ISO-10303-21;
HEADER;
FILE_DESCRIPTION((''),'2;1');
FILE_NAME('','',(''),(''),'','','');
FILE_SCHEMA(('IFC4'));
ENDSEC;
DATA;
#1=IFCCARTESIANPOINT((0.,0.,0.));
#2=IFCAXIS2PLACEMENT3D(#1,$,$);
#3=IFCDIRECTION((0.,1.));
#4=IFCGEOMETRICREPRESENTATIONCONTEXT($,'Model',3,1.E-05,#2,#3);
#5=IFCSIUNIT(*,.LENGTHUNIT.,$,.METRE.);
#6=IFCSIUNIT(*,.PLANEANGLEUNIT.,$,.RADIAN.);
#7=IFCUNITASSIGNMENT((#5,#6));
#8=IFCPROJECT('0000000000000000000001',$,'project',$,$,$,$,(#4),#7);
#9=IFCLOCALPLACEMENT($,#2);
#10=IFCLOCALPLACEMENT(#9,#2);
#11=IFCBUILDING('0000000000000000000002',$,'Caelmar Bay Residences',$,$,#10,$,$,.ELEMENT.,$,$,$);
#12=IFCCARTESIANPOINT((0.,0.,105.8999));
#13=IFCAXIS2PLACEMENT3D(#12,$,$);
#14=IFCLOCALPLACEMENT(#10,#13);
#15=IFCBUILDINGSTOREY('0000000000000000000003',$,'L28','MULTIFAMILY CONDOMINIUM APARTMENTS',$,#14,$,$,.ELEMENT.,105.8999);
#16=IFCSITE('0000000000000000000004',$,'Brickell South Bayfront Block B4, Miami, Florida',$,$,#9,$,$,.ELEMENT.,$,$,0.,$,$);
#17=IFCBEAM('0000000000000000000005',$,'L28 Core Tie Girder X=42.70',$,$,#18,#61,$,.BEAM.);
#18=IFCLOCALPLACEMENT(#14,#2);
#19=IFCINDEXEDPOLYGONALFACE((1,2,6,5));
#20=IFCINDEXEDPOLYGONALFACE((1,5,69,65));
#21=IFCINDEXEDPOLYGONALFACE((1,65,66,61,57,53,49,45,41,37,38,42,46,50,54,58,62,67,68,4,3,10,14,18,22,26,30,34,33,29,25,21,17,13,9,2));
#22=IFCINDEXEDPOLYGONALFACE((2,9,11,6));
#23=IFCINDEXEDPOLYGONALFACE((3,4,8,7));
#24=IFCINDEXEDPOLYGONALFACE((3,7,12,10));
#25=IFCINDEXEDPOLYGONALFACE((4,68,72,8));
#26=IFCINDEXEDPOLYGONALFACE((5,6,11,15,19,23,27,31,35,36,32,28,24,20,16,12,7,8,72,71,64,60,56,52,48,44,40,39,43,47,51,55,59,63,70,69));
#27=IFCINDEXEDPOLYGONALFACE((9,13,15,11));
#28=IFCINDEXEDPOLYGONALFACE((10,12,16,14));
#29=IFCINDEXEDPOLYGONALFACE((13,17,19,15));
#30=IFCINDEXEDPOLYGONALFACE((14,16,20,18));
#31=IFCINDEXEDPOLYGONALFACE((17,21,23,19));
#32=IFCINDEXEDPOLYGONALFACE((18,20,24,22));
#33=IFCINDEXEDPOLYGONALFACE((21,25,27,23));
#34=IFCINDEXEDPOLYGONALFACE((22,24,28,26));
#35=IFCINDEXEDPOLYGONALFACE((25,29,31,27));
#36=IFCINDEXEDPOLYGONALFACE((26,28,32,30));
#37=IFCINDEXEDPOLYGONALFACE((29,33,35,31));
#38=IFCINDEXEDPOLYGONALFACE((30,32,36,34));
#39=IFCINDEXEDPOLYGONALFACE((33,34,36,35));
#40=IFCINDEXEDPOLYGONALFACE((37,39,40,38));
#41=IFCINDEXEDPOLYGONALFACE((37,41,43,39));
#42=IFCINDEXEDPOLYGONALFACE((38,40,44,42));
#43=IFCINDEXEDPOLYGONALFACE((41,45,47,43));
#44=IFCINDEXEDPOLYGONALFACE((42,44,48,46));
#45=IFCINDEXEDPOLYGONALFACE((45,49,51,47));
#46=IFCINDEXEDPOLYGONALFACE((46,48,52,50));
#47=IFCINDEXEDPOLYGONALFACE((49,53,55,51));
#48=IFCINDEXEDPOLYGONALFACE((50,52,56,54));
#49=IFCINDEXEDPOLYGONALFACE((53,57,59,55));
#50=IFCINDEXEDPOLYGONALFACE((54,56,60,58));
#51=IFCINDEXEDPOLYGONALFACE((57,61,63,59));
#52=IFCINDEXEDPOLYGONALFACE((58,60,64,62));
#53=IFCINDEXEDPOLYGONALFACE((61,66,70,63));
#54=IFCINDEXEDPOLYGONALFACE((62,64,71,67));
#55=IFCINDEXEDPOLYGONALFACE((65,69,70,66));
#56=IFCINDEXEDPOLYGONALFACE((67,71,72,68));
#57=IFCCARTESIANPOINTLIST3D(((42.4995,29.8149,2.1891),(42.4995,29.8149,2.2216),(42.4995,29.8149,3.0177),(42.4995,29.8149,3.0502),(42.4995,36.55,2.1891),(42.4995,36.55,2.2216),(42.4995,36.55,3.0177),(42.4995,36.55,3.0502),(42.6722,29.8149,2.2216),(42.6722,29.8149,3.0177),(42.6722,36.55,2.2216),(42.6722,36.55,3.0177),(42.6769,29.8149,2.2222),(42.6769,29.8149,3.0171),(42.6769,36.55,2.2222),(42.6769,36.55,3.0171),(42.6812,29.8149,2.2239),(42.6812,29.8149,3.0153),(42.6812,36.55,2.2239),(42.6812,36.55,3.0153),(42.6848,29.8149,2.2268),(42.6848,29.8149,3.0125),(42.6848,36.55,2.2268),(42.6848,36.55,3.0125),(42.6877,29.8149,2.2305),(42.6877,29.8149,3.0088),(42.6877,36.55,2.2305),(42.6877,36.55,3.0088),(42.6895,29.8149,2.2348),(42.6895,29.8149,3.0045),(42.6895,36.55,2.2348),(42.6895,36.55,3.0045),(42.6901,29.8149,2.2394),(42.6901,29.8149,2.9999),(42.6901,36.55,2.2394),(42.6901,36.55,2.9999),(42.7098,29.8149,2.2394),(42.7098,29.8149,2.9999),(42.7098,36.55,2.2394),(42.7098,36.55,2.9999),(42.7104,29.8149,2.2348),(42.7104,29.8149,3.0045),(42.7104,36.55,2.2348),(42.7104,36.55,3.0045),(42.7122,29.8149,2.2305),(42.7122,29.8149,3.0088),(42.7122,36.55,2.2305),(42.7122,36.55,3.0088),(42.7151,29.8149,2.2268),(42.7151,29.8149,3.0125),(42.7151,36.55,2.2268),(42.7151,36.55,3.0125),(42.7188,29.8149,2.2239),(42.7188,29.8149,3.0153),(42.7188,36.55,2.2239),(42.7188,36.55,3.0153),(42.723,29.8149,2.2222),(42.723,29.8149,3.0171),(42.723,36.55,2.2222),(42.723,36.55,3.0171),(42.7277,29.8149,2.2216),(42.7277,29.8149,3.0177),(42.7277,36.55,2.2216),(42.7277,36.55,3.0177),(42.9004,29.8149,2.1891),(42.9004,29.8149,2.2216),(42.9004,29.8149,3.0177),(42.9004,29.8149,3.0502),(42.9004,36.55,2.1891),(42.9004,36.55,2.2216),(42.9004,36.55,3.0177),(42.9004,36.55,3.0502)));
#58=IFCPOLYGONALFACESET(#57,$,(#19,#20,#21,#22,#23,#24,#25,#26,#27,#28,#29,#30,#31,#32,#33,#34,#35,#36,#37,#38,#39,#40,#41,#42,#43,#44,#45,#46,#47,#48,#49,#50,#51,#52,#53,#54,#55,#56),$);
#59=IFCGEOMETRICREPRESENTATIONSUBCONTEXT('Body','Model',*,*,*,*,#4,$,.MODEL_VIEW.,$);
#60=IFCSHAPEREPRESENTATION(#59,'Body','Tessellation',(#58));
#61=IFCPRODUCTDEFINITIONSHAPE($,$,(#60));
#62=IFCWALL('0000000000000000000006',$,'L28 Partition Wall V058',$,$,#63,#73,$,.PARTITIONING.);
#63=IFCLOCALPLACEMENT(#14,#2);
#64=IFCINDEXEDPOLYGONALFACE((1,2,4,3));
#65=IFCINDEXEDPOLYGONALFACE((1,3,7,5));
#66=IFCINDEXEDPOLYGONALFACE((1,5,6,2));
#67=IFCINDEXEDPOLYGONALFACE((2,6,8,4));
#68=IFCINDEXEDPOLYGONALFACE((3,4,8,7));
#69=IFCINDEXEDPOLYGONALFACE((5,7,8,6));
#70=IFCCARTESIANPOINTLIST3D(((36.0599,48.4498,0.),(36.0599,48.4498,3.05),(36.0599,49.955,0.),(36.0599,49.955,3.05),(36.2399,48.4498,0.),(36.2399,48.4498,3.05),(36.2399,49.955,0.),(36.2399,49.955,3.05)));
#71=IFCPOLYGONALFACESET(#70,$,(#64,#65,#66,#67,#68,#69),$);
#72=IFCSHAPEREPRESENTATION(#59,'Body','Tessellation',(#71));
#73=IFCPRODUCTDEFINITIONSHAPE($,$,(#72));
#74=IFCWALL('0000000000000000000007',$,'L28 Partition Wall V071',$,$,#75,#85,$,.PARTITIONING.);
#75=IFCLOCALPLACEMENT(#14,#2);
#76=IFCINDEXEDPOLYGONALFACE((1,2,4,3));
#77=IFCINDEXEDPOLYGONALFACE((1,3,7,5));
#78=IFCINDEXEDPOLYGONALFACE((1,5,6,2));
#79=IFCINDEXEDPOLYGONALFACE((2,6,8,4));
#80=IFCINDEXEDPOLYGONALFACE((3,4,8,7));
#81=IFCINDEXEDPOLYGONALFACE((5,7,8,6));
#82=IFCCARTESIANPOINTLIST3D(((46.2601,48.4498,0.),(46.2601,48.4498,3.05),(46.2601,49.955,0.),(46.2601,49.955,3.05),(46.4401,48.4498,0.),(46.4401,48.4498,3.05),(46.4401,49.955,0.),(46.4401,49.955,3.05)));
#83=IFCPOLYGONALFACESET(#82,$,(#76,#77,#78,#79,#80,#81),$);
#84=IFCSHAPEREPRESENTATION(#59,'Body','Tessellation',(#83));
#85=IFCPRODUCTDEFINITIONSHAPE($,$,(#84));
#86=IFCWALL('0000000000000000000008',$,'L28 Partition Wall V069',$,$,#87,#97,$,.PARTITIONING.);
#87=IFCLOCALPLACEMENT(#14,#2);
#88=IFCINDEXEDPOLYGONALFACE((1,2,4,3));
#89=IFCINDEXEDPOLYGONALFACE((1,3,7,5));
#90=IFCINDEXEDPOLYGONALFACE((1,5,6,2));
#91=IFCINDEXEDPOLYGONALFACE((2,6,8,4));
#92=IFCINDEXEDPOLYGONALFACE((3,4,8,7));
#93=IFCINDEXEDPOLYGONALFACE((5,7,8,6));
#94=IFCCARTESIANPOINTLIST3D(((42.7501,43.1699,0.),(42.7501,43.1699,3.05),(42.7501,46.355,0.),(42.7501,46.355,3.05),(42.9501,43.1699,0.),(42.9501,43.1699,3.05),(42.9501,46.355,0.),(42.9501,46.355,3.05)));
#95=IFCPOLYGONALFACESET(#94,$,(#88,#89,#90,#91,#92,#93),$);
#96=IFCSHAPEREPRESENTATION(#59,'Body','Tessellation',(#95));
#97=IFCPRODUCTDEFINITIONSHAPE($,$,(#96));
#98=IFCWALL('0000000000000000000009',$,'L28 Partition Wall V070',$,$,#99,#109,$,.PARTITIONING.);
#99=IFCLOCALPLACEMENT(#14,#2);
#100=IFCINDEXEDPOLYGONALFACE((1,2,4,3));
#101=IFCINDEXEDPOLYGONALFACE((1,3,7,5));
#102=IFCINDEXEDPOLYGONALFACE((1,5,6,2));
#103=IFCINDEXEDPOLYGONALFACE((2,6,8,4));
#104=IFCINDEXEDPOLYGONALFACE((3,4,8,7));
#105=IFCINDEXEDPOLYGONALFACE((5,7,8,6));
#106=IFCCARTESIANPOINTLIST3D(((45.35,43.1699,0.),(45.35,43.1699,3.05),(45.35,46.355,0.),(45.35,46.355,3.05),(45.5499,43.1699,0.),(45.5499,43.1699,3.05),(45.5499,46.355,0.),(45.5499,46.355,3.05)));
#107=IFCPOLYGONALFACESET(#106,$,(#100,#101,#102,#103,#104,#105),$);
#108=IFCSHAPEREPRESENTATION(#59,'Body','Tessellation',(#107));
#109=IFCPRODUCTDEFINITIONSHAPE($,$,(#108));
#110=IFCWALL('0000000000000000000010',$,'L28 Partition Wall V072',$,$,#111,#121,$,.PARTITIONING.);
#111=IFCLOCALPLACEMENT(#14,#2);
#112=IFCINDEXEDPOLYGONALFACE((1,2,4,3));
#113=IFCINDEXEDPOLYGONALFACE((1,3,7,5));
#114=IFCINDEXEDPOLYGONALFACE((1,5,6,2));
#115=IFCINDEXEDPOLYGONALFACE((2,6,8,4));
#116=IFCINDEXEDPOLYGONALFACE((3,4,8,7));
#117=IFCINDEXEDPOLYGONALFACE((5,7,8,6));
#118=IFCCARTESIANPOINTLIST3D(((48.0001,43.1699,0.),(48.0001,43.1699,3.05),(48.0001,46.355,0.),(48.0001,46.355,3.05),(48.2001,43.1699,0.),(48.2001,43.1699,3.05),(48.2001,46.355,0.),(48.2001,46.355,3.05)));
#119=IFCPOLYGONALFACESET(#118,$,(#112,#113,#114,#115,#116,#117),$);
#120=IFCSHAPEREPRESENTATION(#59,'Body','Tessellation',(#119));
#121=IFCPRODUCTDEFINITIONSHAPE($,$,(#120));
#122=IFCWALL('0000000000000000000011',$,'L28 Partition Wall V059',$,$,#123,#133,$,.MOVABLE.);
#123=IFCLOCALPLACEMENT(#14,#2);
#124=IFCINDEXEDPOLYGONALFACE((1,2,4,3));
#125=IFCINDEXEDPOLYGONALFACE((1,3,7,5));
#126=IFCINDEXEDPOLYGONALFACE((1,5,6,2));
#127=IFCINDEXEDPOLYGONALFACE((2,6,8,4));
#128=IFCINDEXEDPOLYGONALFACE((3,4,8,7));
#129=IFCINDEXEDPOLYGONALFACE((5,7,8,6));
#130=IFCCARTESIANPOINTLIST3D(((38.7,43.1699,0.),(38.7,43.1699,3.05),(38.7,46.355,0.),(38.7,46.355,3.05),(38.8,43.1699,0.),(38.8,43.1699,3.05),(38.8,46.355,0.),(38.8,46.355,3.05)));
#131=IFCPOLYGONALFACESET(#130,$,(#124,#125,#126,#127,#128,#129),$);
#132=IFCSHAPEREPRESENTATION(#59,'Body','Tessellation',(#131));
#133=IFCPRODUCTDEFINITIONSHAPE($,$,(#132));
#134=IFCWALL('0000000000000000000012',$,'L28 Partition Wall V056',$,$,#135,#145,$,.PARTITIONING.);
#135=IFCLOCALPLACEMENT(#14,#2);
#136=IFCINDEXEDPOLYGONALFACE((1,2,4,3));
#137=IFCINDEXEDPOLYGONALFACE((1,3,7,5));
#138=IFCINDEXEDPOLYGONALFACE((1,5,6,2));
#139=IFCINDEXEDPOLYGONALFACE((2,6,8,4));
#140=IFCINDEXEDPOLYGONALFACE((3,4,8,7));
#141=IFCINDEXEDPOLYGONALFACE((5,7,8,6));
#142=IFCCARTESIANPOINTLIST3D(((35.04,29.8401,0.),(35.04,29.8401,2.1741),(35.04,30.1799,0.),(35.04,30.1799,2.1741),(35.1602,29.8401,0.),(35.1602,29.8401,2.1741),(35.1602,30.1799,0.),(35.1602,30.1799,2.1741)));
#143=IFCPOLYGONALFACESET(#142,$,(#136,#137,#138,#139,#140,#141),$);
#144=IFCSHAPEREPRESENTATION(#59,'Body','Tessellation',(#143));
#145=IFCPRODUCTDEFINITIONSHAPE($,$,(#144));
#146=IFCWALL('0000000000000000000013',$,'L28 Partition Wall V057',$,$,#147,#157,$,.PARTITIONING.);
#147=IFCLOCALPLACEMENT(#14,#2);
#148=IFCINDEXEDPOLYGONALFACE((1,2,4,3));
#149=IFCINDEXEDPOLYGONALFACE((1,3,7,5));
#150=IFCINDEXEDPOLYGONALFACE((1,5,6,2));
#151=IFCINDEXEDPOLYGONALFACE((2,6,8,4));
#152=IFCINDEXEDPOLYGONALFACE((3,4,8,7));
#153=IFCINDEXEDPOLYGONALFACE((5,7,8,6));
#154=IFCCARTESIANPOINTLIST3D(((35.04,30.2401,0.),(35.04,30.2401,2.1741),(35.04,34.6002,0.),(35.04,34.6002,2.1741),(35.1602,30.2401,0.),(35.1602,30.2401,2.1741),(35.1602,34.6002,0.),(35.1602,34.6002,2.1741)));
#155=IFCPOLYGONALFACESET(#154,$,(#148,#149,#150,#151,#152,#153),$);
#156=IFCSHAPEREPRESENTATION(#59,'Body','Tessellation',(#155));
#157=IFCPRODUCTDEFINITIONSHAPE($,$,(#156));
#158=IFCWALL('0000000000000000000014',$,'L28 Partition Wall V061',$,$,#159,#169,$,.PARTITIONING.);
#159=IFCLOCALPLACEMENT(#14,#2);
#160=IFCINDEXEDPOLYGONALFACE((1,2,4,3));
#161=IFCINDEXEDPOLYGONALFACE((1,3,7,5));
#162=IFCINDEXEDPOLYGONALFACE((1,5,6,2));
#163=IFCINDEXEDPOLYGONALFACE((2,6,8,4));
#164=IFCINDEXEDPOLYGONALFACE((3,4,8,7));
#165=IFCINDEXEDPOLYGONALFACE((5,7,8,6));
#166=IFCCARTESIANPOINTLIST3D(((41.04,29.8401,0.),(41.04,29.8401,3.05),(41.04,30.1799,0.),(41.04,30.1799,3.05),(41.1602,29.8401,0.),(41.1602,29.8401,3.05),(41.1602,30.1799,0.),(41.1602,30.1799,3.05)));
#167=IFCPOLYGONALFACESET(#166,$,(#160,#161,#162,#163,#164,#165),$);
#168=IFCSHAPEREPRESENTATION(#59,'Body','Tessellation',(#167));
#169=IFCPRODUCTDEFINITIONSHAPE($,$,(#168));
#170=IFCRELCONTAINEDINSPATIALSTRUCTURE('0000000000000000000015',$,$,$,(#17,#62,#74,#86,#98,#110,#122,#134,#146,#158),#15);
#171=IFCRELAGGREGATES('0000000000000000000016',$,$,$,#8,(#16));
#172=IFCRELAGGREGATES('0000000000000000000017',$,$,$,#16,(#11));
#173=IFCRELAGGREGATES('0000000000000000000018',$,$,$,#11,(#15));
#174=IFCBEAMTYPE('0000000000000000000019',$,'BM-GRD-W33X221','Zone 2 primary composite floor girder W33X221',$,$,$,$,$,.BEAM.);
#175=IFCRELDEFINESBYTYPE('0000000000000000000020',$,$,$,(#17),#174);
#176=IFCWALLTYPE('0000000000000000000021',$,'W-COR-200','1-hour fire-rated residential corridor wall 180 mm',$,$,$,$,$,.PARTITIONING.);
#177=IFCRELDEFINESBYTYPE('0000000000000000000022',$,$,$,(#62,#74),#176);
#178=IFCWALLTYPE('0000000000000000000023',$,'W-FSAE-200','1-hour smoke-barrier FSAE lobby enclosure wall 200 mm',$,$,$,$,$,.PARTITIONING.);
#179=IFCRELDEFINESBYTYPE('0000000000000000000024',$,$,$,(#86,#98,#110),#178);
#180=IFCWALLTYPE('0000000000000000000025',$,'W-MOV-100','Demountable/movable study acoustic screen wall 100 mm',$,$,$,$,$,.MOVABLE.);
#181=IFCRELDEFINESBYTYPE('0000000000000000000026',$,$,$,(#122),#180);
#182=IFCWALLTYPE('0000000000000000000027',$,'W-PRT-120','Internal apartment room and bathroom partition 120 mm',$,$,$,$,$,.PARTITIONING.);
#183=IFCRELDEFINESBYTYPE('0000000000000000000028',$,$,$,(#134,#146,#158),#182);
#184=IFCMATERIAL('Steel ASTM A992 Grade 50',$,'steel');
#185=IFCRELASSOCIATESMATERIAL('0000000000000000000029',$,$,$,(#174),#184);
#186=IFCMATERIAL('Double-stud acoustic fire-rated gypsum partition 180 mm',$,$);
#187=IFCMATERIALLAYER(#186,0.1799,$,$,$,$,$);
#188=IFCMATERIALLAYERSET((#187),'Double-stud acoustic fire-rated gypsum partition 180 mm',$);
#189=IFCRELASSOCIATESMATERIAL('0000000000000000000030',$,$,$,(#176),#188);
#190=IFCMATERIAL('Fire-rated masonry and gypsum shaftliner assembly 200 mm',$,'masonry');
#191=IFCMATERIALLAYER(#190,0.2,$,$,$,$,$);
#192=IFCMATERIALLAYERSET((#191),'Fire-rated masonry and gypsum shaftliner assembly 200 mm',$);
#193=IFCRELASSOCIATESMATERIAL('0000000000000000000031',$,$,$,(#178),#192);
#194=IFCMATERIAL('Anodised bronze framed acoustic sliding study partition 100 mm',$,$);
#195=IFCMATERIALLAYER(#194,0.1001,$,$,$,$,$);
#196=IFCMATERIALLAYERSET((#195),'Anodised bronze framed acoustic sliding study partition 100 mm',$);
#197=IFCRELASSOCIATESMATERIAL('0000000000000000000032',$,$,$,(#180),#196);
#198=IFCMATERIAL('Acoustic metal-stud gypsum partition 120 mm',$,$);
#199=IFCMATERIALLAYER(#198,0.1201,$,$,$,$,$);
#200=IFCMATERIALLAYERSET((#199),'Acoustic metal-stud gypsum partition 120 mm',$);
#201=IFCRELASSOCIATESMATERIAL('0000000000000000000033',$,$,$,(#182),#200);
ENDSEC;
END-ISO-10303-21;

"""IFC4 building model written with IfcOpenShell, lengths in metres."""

from ifc_helpers import new_model, si_unit, direction, frame, frame_2d, origin, origin_2d, place, context, subcontext, project, spatial, rectangle, i_section, extrude, material, layer, layer_set, material_profile, profile_set, type_object, element, save


model = new_model("IFC4")

# Units and contexts
model_context = context("Model", 3, precision=1e-05, world=origin(), true_north=direction((0.0, 1.0)))
body_context = subcontext(model_context, "Body", "Model", "MODEL_VIEW")
ifc_project = project(units=[si_unit("LENGTHUNIT", "METRE"), si_unit("PLANEANGLEUNIT", "RADIAN")], contexts=[model_context])

# Site, building, storey
site_placement = place(None, origin())
site = spatial("IfcSite", under=ifc_project, at=site_placement, Name="Brickell South Bayfront Block B4, Miami, Florida", CompositionType="ELEMENT", RefElevation=0.0)
building_placement = place(site_placement, origin())
building = spatial("IfcBuilding", under=site, at=building_placement, Name="Caelmar Bay Residences", CompositionType="ELEMENT")
storey_placement = place(building_placement, frame((0.0, 0.0, 105.8999)))
storey = spatial("IfcBuildingStorey", under=building, at=storey_placement, Name="L28", Description="MULTIFAMILY CONDOMINIUM APARTMENTS", CompositionType="ELEMENT", Elevation=105.8999)

# Beam
ifc_material_1 = material(Name="Steel ASTM A992 Grade 50", Category="steel")
ifc_material_profile = material_profile(ifc_material_1, i_section(OverallWidth=0.4009, OverallDepth=0.8611, WebThickness=0.0198, FlangeThickness=0.0325, FilletRadius=0.0178, at=origin_2d()), Name="W33X221")
ifc_profile_set = profile_set([ifc_material_profile], Name="Steel ASTM A992 Grade 50")
beam_type = type_object("IfcBeamType", Name="BM-GRD-W33X221", Description="Zone 2 primary composite floor girder W33X221", PredefinedType="BEAM", material=ifc_profile_set)
beam_placement = place(storey_placement, frame((42.7, 29.8149, 2.6196), z_axis=(0.0, 1.0, 0.0), x_axis=(-1.0, 0.0, 0.0)))
element("IfcBeam", 1, at=beam_placement, inside=storey, type_object=beam_type, Name="L28 Core Tie Girder X=42.70", PredefinedType="BEAM", context=body_context, shape_type="SweptSolid", body=[
    extrude(i_section(OverallWidth=0.4009, OverallDepth=0.8611, WebThickness=0.0198, FlangeThickness=0.0325, FilletRadius=0.0178, at=origin_2d()), origin(), (0.0, 0.0, 1.0), 6.7351),
])

# Walls
ifc_material_2 = material(Name="Double-stud acoustic fire-rated gypsum partition 180 mm")
ifc_layer_1 = layer(ifc_material_2, 0.1799)
ifc_layer_set_1 = layer_set([ifc_layer_1], Name="Double-stud acoustic fire-rated gypsum partition 180 mm")
wall_type_1 = type_object("IfcWallType", Name="W-COR-200", Description="1-hour fire-rated residential corridor wall 180 mm", PredefinedType="PARTITIONING", material=ifc_layer_set_1)
for number, where, z_axis, x_axis, name in (
    (2, (36.1499, 48.45, 0.0), (0.0, 0.0, 1.0), (0.0, 1.0, 0.0), "L28 Partition Wall V058"),
    (3, (46.3501, 48.45, 0.0), (0.0, 0.0, 1.0), (0.0, 1.0, 0.0), "L28 Partition Wall V071"),
):
    element("IfcWall", number, at=place(storey_placement, frame(where, z_axis=z_axis, x_axis=x_axis)), inside=storey, type_object=wall_type_1, Name=name, PredefinedType="PARTITIONING", context=body_context, shape_type="SweptSolid", body=[
        extrude(rectangle(XDim=1.5051, YDim=0.1799, at=frame_2d((0.7524, 0.0))), origin(), (0.0, 0.0, 1.0), 3.05),
    ])
ifc_material_3 = material(Name="Fire-rated masonry and gypsum shaftliner assembly 200 mm", Category="masonry")
ifc_layer_2 = layer(ifc_material_3, 0.2)
ifc_layer_set_2 = layer_set([ifc_layer_2], Name="Fire-rated masonry and gypsum shaftliner assembly 200 mm")
wall_type_2 = type_object("IfcWallType", Name="W-FSAE-200", Description="1-hour smoke-barrier FSAE lobby enclosure wall 200 mm", PredefinedType="PARTITIONING", material=ifc_layer_set_2)
for number, where, z_axis, x_axis, name in (
    (4, (42.8501, 43.1699, 0.0), (0.0, 0.0, 1.0), (0.0, 1.0, 0.0), "L28 Partition Wall V069"),
    (5, (45.45, 43.1699, 0.0), (0.0, 0.0, 1.0), (0.0, 1.0, 0.0), "L28 Partition Wall V070"),
    (6, (48.1001, 43.1699, 0.0), (0.0, 0.0, 1.0), (0.0, 1.0, 0.0), "L28 Partition Wall V072"),
):
    element("IfcWall", number, at=place(storey_placement, frame(where, z_axis=z_axis, x_axis=x_axis)), inside=storey, type_object=wall_type_2, Name=name, PredefinedType="PARTITIONING", context=body_context, shape_type="SweptSolid", body=[
        extrude(rectangle(XDim=3.1851, YDim=0.2, at=frame_2d((1.5925, 0.0))), origin(), (0.0, 0.0, 1.0), 3.05),
    ])
ifc_material_4 = material(Name="Anodised bronze framed acoustic sliding study partition 100 mm")
ifc_layer_3 = layer(ifc_material_4, 0.1001)
ifc_layer_set_3 = layer_set([ifc_layer_3], Name="Anodised bronze framed acoustic sliding study partition 100 mm")
wall_type_3 = type_object("IfcWallType", Name="W-MOV-100", Description="Demountable/movable study acoustic screen wall 100 mm", PredefinedType="MOVABLE", material=ifc_layer_set_3)
wall_1_placement = place(storey_placement, frame((38.75, 43.1699, 0.0), z_axis=(0.0, 0.0, 1.0), x_axis=(0.0, 1.0, 0.0)))
element("IfcWall", 7, at=wall_1_placement, inside=storey, type_object=wall_type_3, Name="L28 Partition Wall V059", PredefinedType="MOVABLE", context=body_context, shape_type="SweptSolid", body=[
    extrude(rectangle(XDim=3.1851, YDim=0.1001, at=frame_2d((1.5925, 0.0))), origin(), (0.0, 0.0, 1.0), 3.05),
])
ifc_material_5 = material(Name="Acoustic metal-stud gypsum partition 120 mm")
ifc_layer_4 = layer(ifc_material_5, 0.1201)
ifc_layer_set_4 = layer_set([ifc_layer_4], Name="Acoustic metal-stud gypsum partition 120 mm")
wall_type_4 = type_object("IfcWallType", Name="W-PRT-120", Description="Internal apartment room and bathroom partition 120 mm", PredefinedType="PARTITIONING", material=ifc_layer_set_4)
wall_2_placement = place(storey_placement, frame((35.1001, 29.8401, 0.0), z_axis=(0.0, 0.0, 1.0), x_axis=(0.0, 1.0, 0.0)))
element("IfcWall", 8, at=wall_2_placement, inside=storey, type_object=wall_type_4, Name="L28 Partition Wall V056", PredefinedType="PARTITIONING", context=body_context, shape_type="SweptSolid", body=[
    extrude(rectangle(XDim=0.3398, YDim=0.1201, at=frame_2d((0.1699, 0.0))), origin(), (0.0, 0.0, 1.0), 2.1741),
])
wall_3_placement = place(storey_placement, frame((35.1001, 30.24, 0.0), z_axis=(0.0, 0.0, 1.0), x_axis=(0.0, 1.0, 0.0)))
element("IfcWall", 9, at=wall_3_placement, inside=storey, type_object=wall_type_4, Name="L28 Partition Wall V057", PredefinedType="PARTITIONING", context=body_context, shape_type="SweptSolid", body=[
    extrude(rectangle(XDim=4.3601, YDim=0.1201, at=frame_2d((2.1802, 0.0))), origin(), (0.0, 0.0, 1.0), 2.1741),
])
wall_4_placement = place(storey_placement, frame((41.1001, 29.8401, 0.0), z_axis=(0.0, 0.0, 1.0), x_axis=(0.0, 1.0, 0.0)))
element("IfcWall", 10, at=wall_4_placement, inside=storey, type_object=wall_type_4, Name="L28 Partition Wall V061", PredefinedType="PARTITIONING", context=body_context, shape_type="SweptSolid", body=[
    extrude(rectangle(XDim=0.3398, YDim=0.1201, at=frame_2d((0.1699, 0.0))), origin(), (0.0, 0.0, 1.0), 3.05),
])

save(model, "model.ifc")
